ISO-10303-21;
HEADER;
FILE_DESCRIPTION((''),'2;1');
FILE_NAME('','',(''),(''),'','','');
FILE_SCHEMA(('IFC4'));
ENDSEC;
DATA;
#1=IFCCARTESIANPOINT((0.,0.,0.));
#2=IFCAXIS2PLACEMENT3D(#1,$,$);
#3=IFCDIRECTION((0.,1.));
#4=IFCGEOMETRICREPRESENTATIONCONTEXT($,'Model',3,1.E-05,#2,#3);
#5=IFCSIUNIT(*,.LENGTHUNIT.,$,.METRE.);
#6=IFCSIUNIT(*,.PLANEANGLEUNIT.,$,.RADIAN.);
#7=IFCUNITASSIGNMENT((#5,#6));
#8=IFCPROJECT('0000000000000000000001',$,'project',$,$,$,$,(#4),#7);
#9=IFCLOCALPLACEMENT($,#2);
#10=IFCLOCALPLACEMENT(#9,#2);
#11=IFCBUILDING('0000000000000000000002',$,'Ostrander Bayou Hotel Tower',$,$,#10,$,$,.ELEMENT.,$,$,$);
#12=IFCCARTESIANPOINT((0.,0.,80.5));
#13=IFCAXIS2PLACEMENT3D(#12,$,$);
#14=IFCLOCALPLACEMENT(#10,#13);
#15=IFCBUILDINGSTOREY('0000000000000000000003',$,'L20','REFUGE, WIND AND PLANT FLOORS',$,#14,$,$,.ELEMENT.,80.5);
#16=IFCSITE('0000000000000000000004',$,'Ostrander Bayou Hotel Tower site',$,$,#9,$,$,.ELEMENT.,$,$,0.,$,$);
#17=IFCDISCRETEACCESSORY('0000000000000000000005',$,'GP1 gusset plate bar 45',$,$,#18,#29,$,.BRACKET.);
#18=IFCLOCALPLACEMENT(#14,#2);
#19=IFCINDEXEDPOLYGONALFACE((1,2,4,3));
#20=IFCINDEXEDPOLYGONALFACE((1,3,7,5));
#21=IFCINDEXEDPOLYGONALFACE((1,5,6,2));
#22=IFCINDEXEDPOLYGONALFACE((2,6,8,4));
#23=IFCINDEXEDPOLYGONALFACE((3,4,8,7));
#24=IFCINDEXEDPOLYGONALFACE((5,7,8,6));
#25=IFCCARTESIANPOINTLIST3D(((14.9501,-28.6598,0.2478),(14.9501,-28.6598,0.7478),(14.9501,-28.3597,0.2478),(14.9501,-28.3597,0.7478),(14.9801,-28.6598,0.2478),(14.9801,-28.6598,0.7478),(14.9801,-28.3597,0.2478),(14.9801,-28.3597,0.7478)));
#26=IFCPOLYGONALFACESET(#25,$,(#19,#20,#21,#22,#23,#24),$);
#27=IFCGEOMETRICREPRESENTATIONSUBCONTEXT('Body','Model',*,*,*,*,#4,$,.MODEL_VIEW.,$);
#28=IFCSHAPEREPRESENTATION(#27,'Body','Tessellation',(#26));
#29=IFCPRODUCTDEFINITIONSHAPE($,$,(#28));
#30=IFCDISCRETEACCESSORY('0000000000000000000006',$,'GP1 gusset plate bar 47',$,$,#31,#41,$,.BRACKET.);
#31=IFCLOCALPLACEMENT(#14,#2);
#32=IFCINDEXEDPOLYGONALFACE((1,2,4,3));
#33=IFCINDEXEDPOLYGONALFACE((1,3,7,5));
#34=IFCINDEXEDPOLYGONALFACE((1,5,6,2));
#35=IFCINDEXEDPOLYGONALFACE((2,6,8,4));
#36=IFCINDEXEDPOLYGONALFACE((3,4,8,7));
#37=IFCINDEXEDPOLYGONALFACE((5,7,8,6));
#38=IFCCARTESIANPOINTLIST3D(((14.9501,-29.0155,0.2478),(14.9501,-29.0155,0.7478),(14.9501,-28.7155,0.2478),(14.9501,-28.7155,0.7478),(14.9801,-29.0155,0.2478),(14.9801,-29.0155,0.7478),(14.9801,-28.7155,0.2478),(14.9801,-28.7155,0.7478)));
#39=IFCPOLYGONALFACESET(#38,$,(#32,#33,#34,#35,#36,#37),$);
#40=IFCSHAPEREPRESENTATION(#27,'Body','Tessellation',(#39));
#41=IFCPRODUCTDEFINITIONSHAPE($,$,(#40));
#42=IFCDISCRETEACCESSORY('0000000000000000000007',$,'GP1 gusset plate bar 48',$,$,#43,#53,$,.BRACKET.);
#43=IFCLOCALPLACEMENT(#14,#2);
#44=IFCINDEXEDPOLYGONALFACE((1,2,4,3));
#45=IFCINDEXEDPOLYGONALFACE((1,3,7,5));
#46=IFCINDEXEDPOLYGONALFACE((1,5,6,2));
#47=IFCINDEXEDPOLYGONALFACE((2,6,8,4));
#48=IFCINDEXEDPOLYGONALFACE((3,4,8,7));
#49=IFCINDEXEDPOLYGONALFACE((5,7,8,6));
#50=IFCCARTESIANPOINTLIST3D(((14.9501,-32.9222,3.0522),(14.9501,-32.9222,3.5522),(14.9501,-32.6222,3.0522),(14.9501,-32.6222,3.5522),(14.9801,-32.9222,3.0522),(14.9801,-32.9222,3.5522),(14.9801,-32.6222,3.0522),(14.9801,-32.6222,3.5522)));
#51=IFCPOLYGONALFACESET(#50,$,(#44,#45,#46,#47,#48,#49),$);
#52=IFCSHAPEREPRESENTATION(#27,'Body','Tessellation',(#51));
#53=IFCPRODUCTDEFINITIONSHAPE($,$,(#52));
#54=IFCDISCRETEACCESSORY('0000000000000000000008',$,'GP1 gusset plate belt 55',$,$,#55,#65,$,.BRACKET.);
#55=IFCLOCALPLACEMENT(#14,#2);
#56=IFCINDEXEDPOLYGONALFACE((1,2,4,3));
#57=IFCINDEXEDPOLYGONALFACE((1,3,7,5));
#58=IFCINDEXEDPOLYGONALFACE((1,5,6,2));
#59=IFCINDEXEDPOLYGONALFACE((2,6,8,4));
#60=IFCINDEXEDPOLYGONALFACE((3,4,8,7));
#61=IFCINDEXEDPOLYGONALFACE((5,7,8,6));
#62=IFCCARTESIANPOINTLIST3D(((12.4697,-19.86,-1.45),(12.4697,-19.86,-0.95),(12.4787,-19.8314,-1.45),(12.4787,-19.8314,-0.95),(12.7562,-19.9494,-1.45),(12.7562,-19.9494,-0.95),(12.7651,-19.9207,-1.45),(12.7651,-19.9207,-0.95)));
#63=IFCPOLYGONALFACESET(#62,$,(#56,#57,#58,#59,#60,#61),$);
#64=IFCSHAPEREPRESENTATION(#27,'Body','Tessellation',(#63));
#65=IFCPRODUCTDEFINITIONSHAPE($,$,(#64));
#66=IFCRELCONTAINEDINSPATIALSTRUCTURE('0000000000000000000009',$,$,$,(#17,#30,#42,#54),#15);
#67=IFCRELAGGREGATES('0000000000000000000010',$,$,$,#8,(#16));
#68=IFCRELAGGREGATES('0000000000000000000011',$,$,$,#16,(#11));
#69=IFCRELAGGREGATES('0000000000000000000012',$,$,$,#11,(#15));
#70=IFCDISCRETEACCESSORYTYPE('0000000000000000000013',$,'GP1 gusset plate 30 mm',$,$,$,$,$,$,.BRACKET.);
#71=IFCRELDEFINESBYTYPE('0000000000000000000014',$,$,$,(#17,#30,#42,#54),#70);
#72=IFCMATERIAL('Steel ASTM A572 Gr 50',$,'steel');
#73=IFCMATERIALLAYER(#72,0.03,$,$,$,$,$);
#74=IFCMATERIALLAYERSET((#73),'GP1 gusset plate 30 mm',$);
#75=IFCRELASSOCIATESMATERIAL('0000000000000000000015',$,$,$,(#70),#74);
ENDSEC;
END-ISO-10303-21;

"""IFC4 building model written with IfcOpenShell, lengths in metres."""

from ifc_helpers import new_model, si_unit, direction, frame, origin, origin_2d, place, context, subcontext, project, spatial, rectangle, extrude, material, layer, layer_set, type_object, element, save


model = new_model("IFC4")

# Units and contexts
model_context = context("Model", 3, precision=1e-05, world=origin(), true_north=direction((0.0, 1.0)))
body_context = subcontext(model_context, "Body", "Model", "MODEL_VIEW")
ifc_project = project(units=[si_unit("LENGTHUNIT", "METRE"), si_unit("PLANEANGLEUNIT", "RADIAN")], contexts=[model_context])

# Site, building, storey
site_placement = place(None, origin())
site = spatial("IfcSite", under=ifc_project, at=site_placement, Name="Ostrander Bayou Hotel Tower site", CompositionType="ELEMENT", RefElevation=0.0)
building_placement = place(site_placement, origin())
building = spatial("IfcBuilding", under=site, at=building_placement, Name="Ostrander Bayou Hotel Tower", CompositionType="ELEMENT")
storey_placement = place(building_placement, frame((0.0, 0.0, 80.5)))
storey = spatial("IfcBuildingStorey", under=building, at=storey_placement, Name="L20", Description="REFUGE, WIND AND PLANT FLOORS", CompositionType="ELEMENT", Elevation=80.5)

# Discrete accessories
ifc_material_1 = material(Name="Steel ASTM A572 Gr 50", Category="steel")
ifc_layer = layer(ifc_material_1, 0.03)
ifc_layer_set = layer_set([ifc_layer], Name="GP1 gusset plate 30 mm")
discrete_accessory_type = type_object("IfcDiscreteAccessoryType", Name="GP1 gusset plate 30 mm", PredefinedType="BRACKET", material=ifc_layer_set)
for number, where, z_axis, x_axis, name in (
    (1, (14.9651, -28.5098, 0.2478), (0.0, 0.0, 1.0), (0.0, 1.0, 0.0), "GP1 gusset plate bar 45"),
    (2, (14.9651, -28.8655, 0.2478), (0.0, 0.0, 1.0), (0.0, -1.0, 0.0), "GP1 gusset plate bar 47"),
    (3, (14.9651, -32.7722, 3.0522), (0.0, 0.0, 1.0), (0.0, -1.0, 0.0), "GP1 gusset plate bar 48"),
    (4, (12.6174, -19.8904, -1.45), (0.0, 0.0, 1.0), (-0.95461, 0.297858, 0.0), "GP1 gusset plate belt 55"),
):
    element("IfcDiscreteAccessory", number, at=place(storey_placement, frame(where, z_axis=z_axis, x_axis=x_axis)), inside=storey, type_object=discrete_accessory_type, Name=name, PredefinedType="BRACKET", context=body_context, shape_type="SweptSolid", body=[
        extrude(rectangle(XDim=0.3, YDim=0.03, at=origin_2d()), origin(), (0.0, 0.0, 1.0), 0.5),
    ])

save(model, "model.ifc")
